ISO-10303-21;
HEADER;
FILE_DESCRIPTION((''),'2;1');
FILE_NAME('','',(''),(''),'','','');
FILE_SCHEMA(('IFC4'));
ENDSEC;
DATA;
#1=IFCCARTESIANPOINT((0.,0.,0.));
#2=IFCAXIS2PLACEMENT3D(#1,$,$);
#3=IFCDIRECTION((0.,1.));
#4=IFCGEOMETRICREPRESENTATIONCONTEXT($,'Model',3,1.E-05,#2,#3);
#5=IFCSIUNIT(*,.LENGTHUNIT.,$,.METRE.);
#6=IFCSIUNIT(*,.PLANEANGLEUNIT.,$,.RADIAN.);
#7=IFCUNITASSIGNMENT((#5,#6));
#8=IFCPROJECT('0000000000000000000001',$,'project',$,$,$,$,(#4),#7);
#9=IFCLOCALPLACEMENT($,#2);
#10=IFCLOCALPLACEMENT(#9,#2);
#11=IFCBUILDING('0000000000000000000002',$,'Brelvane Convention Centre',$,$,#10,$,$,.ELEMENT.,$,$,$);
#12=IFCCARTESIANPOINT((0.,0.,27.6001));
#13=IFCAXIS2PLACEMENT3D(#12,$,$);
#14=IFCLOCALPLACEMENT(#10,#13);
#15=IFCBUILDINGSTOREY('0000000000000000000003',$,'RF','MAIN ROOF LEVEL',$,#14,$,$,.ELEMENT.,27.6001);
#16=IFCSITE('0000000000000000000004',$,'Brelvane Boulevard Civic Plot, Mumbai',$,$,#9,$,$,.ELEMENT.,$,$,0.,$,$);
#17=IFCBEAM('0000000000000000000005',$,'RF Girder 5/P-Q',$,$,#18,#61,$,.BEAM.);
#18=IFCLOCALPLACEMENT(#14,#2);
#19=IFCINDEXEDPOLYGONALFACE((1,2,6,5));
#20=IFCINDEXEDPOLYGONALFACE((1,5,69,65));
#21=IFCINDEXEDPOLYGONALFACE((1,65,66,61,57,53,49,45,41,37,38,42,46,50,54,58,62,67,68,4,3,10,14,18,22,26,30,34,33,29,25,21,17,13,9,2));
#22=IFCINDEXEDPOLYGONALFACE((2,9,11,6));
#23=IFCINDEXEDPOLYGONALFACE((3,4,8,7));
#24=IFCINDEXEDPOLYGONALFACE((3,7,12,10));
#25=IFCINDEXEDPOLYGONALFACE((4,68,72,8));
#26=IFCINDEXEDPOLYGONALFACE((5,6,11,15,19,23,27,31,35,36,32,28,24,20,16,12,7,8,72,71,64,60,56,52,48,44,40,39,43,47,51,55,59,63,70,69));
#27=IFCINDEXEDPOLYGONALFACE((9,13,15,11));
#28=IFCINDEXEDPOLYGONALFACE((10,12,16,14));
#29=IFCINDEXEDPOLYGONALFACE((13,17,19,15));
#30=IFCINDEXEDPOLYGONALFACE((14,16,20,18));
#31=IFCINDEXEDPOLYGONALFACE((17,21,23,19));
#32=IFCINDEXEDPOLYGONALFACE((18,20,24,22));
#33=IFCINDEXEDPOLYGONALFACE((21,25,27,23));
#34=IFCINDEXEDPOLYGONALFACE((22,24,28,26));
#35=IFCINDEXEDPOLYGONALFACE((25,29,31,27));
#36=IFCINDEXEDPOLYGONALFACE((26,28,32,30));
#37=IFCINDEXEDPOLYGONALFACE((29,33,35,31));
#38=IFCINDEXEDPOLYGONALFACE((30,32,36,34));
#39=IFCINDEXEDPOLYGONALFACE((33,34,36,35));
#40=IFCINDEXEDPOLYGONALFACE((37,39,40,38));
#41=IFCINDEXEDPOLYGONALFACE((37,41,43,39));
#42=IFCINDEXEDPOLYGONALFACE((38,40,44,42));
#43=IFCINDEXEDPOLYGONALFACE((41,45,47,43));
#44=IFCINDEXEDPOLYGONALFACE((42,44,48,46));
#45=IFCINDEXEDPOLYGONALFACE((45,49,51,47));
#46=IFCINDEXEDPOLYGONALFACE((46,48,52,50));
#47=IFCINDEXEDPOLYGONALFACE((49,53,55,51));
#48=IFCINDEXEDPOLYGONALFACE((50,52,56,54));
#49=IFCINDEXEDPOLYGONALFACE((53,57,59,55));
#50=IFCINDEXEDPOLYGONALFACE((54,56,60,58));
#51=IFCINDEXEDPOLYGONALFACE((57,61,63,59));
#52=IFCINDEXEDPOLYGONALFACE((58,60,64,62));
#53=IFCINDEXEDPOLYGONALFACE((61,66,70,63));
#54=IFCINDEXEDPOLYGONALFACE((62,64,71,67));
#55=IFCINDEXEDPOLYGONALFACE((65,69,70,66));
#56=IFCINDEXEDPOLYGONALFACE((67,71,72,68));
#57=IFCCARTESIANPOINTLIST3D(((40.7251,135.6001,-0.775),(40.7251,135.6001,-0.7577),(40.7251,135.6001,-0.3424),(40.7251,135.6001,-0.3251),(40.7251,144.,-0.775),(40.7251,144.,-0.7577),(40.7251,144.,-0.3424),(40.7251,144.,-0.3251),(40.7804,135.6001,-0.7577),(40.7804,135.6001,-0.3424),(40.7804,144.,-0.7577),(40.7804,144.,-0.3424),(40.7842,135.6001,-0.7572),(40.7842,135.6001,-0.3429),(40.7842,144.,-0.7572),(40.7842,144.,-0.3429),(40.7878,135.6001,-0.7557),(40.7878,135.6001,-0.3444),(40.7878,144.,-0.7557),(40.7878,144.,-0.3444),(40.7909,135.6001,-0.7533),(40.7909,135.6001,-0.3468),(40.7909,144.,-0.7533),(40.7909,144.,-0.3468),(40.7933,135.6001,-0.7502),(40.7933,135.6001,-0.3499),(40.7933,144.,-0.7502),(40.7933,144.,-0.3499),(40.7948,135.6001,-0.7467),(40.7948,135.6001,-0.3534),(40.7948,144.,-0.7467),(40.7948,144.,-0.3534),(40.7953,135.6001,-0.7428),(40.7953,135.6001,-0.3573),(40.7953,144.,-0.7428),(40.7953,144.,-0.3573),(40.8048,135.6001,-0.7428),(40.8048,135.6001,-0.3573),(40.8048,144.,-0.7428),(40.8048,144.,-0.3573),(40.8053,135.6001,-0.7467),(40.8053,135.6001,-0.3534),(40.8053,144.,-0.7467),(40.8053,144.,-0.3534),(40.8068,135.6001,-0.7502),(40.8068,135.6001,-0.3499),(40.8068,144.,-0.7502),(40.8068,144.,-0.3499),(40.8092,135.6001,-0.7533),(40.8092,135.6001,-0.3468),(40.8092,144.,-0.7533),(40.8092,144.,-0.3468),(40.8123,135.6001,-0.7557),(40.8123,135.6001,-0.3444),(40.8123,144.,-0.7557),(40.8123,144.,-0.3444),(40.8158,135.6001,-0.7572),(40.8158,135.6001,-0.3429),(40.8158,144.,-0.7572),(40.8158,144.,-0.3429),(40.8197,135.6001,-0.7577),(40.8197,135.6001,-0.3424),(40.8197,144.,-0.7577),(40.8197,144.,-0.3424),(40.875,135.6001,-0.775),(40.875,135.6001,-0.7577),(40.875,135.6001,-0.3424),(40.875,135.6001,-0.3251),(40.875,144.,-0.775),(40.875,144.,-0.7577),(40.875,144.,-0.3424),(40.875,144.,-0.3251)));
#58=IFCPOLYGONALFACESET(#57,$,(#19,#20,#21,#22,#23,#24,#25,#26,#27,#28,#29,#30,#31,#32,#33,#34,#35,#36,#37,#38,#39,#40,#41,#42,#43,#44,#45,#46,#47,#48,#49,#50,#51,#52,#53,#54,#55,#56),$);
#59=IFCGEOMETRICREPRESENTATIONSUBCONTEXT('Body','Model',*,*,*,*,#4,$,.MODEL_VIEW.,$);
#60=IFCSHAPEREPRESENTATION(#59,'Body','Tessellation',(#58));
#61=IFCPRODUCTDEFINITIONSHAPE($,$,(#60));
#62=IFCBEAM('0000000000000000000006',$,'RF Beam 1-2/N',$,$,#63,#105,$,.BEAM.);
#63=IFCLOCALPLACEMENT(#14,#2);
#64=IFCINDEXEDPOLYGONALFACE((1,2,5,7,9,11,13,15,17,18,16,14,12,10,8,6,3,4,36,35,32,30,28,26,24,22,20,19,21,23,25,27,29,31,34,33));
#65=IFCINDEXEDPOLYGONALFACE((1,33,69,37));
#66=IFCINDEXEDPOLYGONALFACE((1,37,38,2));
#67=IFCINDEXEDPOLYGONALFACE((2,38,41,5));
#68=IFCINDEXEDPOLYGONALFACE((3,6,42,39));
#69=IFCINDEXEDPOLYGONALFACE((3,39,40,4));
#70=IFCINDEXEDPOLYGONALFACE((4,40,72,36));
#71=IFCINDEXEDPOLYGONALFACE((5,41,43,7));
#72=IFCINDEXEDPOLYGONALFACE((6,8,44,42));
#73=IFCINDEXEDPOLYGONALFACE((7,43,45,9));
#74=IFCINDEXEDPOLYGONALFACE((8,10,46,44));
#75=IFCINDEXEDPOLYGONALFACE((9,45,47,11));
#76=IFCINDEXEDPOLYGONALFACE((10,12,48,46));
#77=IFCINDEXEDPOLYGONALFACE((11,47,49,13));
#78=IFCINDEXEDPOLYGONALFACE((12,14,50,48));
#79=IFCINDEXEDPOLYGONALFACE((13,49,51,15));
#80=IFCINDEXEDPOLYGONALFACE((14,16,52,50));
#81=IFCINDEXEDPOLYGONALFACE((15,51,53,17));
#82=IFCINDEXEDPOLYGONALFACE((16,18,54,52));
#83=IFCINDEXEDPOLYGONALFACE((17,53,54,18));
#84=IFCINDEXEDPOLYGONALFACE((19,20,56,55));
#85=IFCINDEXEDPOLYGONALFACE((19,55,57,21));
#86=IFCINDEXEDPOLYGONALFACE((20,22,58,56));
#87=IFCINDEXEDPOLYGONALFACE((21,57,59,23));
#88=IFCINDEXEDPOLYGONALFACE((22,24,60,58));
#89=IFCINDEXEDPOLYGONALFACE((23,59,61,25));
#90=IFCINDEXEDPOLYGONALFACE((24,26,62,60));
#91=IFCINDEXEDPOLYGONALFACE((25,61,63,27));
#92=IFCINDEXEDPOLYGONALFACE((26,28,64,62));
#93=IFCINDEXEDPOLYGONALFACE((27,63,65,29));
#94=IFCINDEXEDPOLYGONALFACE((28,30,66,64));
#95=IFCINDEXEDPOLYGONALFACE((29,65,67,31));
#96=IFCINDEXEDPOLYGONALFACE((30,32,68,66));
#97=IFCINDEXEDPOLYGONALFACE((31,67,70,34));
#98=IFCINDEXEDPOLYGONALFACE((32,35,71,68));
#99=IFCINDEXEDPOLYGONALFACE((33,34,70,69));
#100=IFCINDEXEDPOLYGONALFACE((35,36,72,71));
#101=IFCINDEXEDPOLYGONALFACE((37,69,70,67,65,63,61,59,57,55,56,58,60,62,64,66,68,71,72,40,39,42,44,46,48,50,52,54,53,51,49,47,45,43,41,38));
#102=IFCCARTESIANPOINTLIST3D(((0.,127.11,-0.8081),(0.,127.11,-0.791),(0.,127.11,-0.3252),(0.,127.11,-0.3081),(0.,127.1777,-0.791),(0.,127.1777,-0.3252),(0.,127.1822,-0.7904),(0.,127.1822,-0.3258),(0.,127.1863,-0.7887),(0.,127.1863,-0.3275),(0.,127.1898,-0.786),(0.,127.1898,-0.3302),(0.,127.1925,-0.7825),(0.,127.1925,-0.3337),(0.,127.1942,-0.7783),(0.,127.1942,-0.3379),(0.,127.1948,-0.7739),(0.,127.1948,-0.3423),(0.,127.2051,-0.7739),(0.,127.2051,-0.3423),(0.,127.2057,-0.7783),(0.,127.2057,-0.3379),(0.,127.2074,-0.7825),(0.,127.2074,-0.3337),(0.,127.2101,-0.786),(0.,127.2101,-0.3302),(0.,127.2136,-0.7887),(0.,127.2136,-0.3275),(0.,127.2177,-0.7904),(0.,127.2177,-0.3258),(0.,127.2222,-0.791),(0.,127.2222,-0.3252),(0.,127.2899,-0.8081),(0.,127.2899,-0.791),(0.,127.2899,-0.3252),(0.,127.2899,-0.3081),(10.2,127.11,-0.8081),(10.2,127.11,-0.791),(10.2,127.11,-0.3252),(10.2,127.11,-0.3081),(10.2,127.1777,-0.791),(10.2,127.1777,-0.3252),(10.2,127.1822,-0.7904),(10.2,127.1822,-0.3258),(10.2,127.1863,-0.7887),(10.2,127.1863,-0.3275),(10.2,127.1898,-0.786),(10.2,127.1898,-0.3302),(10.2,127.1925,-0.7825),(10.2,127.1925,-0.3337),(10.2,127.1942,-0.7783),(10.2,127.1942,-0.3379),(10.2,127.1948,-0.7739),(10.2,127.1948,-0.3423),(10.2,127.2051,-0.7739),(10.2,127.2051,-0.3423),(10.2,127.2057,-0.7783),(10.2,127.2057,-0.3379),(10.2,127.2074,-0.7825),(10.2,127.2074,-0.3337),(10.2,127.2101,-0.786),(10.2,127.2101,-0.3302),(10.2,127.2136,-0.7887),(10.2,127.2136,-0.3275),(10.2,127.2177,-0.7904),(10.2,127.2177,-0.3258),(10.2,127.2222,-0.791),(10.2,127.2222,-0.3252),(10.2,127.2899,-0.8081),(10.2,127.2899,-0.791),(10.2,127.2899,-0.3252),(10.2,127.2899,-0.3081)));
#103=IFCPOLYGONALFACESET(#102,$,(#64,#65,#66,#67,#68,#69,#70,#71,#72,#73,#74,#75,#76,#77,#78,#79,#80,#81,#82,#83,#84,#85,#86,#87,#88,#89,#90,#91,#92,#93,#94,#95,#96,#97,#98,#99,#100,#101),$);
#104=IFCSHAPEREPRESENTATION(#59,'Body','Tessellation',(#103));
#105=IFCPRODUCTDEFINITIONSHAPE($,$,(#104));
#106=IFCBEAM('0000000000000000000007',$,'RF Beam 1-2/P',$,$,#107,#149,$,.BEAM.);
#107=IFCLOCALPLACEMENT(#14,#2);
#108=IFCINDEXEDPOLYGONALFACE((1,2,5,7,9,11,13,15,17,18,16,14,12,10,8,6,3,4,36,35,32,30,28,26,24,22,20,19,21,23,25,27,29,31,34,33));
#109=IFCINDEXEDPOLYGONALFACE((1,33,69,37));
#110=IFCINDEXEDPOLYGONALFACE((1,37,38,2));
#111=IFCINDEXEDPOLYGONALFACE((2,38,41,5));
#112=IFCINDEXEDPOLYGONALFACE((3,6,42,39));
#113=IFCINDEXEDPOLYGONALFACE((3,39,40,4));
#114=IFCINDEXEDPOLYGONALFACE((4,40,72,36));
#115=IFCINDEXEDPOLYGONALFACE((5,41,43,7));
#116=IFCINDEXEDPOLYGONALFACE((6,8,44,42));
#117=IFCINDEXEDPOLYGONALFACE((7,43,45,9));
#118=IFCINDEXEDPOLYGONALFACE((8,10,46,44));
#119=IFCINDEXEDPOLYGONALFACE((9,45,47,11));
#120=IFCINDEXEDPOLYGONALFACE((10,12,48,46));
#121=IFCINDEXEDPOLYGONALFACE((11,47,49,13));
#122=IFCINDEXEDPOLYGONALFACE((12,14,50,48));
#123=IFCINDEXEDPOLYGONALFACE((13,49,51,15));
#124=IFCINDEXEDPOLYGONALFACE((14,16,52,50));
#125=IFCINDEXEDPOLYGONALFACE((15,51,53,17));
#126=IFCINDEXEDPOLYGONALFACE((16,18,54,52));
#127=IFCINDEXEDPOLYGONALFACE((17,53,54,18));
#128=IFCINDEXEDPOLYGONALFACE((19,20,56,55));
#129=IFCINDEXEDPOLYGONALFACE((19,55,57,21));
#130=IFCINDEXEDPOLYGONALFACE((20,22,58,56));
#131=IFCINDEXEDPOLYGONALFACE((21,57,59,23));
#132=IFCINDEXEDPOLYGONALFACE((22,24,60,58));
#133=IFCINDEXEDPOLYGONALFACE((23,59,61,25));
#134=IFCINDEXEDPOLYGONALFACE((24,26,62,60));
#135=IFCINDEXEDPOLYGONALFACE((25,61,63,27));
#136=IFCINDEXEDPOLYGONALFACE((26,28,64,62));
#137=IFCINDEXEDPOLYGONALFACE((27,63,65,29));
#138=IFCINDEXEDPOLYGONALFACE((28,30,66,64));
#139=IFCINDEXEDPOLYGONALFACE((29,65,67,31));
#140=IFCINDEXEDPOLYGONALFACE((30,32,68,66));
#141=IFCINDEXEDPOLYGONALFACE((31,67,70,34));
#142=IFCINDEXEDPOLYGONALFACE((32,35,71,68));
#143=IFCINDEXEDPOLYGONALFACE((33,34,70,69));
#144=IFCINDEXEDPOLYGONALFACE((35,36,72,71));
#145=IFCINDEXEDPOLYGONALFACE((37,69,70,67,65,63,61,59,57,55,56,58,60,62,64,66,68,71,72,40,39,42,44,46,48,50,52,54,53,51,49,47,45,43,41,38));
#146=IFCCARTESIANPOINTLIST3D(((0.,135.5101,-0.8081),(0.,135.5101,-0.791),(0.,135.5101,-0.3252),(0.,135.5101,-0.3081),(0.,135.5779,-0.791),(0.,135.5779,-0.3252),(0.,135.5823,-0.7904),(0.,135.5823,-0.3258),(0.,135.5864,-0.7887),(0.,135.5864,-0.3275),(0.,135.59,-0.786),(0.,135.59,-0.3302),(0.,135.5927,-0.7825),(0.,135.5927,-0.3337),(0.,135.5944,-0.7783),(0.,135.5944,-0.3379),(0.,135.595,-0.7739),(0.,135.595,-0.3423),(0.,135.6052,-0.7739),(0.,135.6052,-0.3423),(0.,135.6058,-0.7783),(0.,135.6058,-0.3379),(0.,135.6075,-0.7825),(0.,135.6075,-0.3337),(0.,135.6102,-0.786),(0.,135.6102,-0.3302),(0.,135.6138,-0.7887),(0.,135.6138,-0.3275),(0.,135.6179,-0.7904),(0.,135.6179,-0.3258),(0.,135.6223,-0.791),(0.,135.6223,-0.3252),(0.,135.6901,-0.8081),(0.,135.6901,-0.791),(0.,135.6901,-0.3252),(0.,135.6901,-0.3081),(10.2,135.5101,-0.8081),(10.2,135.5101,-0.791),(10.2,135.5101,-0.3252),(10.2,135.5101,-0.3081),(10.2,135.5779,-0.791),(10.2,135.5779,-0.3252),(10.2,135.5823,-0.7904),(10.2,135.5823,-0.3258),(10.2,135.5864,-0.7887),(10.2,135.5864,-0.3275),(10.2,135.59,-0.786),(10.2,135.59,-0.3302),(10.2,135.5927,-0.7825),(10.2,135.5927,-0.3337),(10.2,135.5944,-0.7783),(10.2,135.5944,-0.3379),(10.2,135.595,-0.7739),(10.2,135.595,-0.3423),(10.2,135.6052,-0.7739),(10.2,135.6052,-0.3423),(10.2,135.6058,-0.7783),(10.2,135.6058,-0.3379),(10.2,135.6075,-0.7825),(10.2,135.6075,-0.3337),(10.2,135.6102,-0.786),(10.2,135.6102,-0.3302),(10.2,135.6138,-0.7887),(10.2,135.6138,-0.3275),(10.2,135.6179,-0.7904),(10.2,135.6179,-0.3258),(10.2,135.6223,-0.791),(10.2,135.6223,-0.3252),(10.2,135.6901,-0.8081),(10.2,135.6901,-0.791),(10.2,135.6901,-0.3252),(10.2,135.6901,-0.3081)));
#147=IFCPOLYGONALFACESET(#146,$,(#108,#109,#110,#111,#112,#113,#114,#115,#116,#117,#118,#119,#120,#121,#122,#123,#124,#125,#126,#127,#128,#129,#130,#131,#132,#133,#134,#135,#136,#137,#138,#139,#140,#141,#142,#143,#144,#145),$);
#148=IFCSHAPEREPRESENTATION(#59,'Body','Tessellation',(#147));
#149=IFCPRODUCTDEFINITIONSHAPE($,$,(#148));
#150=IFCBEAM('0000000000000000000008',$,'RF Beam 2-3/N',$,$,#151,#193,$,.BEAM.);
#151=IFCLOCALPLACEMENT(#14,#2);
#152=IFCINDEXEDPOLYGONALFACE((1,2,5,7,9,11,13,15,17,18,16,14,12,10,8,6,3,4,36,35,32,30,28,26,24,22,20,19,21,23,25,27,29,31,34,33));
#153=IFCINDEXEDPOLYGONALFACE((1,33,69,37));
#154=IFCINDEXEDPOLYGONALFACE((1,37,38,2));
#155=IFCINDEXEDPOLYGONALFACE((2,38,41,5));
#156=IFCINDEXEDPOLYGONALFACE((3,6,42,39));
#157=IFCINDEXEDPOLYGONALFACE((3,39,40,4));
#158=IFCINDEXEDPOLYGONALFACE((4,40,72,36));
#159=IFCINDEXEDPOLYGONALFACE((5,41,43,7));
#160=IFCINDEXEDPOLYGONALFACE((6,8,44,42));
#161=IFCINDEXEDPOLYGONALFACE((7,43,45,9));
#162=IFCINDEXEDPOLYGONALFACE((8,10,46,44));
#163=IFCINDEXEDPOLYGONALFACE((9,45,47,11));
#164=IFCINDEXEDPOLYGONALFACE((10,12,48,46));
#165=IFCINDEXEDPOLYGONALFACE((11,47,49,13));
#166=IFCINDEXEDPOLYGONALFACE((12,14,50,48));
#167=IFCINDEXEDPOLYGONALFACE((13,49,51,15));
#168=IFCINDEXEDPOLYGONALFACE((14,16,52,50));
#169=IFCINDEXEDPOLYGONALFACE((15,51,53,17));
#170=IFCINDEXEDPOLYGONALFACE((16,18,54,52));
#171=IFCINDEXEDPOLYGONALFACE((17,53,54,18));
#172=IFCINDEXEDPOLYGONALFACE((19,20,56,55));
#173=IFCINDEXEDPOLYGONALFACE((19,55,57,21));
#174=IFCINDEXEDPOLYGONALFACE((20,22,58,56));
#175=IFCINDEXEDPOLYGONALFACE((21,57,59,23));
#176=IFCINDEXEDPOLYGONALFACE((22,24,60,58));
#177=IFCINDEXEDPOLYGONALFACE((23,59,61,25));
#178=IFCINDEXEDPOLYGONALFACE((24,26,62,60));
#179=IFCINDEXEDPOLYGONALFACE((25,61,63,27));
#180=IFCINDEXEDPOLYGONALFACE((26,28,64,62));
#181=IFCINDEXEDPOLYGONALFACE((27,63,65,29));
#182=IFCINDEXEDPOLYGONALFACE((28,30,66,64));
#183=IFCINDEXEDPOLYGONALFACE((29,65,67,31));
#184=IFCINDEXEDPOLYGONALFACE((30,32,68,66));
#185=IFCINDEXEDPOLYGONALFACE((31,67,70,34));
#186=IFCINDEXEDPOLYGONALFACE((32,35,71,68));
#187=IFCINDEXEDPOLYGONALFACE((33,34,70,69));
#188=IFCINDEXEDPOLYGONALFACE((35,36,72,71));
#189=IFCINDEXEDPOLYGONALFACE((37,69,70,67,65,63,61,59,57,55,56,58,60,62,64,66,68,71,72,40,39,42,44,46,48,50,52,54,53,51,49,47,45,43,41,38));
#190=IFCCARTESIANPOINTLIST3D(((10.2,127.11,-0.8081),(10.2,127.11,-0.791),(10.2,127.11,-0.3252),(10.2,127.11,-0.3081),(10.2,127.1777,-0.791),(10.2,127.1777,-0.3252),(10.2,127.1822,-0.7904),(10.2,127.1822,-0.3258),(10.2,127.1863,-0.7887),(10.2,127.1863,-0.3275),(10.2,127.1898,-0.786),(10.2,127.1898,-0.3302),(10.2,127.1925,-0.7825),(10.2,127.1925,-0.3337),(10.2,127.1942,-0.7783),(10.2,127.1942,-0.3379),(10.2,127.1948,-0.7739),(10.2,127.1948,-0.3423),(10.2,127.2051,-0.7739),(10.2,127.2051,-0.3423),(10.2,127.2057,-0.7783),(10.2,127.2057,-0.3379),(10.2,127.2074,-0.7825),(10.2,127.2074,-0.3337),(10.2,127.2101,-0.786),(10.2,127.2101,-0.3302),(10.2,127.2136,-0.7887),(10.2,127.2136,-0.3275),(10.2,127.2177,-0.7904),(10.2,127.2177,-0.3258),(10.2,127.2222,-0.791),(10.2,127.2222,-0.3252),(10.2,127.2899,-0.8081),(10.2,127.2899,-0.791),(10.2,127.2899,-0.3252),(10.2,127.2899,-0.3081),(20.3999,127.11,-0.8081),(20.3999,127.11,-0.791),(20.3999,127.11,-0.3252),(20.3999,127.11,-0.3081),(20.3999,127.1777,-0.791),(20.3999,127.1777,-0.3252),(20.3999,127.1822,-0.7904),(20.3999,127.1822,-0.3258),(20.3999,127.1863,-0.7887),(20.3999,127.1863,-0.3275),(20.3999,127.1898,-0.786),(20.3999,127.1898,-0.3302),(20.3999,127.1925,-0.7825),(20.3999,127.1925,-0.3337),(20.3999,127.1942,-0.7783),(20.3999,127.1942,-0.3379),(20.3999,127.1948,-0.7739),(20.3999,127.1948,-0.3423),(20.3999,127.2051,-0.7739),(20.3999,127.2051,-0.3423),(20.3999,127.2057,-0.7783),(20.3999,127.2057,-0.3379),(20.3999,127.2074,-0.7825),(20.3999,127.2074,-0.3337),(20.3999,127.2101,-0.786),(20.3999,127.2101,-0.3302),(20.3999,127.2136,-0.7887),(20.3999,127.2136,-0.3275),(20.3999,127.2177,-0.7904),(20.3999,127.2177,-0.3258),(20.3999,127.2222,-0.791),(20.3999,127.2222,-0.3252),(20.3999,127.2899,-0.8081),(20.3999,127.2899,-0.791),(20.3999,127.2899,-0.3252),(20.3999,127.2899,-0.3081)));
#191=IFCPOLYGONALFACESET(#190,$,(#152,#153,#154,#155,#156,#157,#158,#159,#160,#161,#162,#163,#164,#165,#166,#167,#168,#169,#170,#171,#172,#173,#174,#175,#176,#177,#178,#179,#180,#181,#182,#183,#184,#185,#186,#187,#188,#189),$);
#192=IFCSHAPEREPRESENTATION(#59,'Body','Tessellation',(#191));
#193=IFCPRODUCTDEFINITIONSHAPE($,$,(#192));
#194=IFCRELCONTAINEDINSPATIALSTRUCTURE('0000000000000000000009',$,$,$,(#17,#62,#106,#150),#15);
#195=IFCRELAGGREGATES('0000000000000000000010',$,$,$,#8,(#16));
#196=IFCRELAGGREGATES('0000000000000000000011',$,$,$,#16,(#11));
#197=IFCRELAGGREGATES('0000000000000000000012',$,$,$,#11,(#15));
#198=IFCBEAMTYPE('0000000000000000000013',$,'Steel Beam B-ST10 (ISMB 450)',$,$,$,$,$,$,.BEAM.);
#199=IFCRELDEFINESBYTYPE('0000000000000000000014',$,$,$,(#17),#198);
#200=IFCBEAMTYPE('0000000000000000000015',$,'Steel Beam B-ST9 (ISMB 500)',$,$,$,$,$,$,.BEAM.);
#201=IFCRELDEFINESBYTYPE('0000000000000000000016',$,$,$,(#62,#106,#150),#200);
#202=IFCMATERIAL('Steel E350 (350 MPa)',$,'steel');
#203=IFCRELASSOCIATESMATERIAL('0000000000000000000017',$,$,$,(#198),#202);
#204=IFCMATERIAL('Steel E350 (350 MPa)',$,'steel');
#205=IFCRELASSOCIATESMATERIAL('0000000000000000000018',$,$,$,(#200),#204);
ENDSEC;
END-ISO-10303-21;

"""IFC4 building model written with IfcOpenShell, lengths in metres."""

from ifc_helpers import new_model, si_unit, direction, frame, origin, origin_2d, place, context, subcontext, project, spatial, i_section, extrude, material, material_profile, profile_set, type_object, element, save


model = new_model("IFC4")

# Units and contexts
model_context = context("Model", 3, precision=1e-05, world=origin(), true_north=direction((0.0, 1.0)))
body_context = subcontext(model_context, "Body", "Model", "MODEL_VIEW")
ifc_project = project(units=[si_unit("LENGTHUNIT", "METRE"), si_unit("PLANEANGLEUNIT", "RADIAN")], contexts=[model_context])

# Site, building, storey
site_placement = place(None, origin())
site = spatial("IfcSite", under=ifc_project, at=site_placement, Name="Brelvane Boulevard Civic Plot, Mumbai", CompositionType="ELEMENT", RefElevation=0.0)
building_placement = place(site_placement, origin())
building = spatial("IfcBuilding", under=site, at=building_placement, Name="Brelvane Convention Centre", CompositionType="ELEMENT")
storey_placement = place(building_placement, frame((0.0, 0.0, 27.6001)))
storey = spatial("IfcBuildingStorey", under=building, at=storey_placement, Name="RF", Description="MAIN ROOF LEVEL", CompositionType="ELEMENT", Elevation=27.6001)

# Beams
ifc_material_1 = material(Name="Steel E350 (350 MPa)", Category="steel")
ifc_material_profile_1 = material_profile(ifc_material_1, i_section(OverallWidth=0.1499, OverallDepth=0.45, WebThickness=0.0095, FlangeThickness=0.0173, FilletRadius=0.0149, at=origin_2d()), Name="ISMB 450")
ifc_profile_set_1 = profile_set([ifc_material_profile_1], Name="Steel E350 (350 MPa)")
beam_type_1 = type_object("IfcBeamType", Name="Steel Beam B-ST10 (ISMB 450)", PredefinedType="BEAM", material=ifc_profile_set_1)
beam_1_placement = place(storey_placement, frame((40.8, 135.6001, -0.55), z_axis=(0.0, 1.0, 0.0), x_axis=(-1.0, 0.0, 0.0)))
element("IfcBeam", 1, at=beam_1_placement, inside=storey, type_object=beam_type_1, Name="RF Girder 5/P-Q", PredefinedType="BEAM", context=body_context, shape_type="SweptSolid", body=[
    extrude(i_section(OverallWidth=0.1499, OverallDepth=0.45, WebThickness=0.0095, FlangeThickness=0.0173, FilletRadius=0.0149, at=origin_2d()), origin(), (0.0, 0.0, 1.0), 8.3999),
])
ifc_material_2 = material(Name="Steel E350 (350 MPa)", Category="steel")
ifc_material_profile_2 = material_profile(ifc_material_2, i_section(OverallWidth=0.1799, OverallDepth=0.5, WebThickness=0.0103, FlangeThickness=0.0171, FilletRadius=0.0171, at=origin_2d()), Name="ISMB 500")
ifc_profile_set_2 = profile_set([ifc_material_profile_2], Name="Steel E350 (350 MPa)")
beam_type_2 = type_object("IfcBeamType", Name="Steel Beam B-ST9 (ISMB 500)", PredefinedType="BEAM", material=ifc_profile_set_2)
for number, where, z_axis, x_axis, name in (
    (2, (0.0, 127.2, -0.5581), (1.0, 0.0, 0.0), (0.0, 1.0, 0.0), "RF Beam 1-2/N"),
    (3, (0.0, 135.6001, -0.5581), (1.0, 0.0, 0.0), (0.0, 1.0, 0.0), "RF Beam 1-2/P"),
    (4, (10.2, 127.2, -0.5581), (1.0, 0.0, 0.0), (0.0, 1.0, 0.0), "RF Beam 2-3/N"),
):
    element("IfcBeam", number, at=place(storey_placement, frame(where, z_axis=z_axis, x_axis=x_axis)), inside=storey, type_object=beam_type_2, Name=name, PredefinedType="BEAM", context=body_context, shape_type="SweptSolid", body=[
        extrude(i_section(OverallWidth=0.1799, OverallDepth=0.5, WebThickness=0.0103, FlangeThickness=0.0171, FilletRadius=0.0171, at=origin_2d()), origin(), (0.0, 0.0, 1.0), 10.2),
    ])

save(model, "model.ifc")
